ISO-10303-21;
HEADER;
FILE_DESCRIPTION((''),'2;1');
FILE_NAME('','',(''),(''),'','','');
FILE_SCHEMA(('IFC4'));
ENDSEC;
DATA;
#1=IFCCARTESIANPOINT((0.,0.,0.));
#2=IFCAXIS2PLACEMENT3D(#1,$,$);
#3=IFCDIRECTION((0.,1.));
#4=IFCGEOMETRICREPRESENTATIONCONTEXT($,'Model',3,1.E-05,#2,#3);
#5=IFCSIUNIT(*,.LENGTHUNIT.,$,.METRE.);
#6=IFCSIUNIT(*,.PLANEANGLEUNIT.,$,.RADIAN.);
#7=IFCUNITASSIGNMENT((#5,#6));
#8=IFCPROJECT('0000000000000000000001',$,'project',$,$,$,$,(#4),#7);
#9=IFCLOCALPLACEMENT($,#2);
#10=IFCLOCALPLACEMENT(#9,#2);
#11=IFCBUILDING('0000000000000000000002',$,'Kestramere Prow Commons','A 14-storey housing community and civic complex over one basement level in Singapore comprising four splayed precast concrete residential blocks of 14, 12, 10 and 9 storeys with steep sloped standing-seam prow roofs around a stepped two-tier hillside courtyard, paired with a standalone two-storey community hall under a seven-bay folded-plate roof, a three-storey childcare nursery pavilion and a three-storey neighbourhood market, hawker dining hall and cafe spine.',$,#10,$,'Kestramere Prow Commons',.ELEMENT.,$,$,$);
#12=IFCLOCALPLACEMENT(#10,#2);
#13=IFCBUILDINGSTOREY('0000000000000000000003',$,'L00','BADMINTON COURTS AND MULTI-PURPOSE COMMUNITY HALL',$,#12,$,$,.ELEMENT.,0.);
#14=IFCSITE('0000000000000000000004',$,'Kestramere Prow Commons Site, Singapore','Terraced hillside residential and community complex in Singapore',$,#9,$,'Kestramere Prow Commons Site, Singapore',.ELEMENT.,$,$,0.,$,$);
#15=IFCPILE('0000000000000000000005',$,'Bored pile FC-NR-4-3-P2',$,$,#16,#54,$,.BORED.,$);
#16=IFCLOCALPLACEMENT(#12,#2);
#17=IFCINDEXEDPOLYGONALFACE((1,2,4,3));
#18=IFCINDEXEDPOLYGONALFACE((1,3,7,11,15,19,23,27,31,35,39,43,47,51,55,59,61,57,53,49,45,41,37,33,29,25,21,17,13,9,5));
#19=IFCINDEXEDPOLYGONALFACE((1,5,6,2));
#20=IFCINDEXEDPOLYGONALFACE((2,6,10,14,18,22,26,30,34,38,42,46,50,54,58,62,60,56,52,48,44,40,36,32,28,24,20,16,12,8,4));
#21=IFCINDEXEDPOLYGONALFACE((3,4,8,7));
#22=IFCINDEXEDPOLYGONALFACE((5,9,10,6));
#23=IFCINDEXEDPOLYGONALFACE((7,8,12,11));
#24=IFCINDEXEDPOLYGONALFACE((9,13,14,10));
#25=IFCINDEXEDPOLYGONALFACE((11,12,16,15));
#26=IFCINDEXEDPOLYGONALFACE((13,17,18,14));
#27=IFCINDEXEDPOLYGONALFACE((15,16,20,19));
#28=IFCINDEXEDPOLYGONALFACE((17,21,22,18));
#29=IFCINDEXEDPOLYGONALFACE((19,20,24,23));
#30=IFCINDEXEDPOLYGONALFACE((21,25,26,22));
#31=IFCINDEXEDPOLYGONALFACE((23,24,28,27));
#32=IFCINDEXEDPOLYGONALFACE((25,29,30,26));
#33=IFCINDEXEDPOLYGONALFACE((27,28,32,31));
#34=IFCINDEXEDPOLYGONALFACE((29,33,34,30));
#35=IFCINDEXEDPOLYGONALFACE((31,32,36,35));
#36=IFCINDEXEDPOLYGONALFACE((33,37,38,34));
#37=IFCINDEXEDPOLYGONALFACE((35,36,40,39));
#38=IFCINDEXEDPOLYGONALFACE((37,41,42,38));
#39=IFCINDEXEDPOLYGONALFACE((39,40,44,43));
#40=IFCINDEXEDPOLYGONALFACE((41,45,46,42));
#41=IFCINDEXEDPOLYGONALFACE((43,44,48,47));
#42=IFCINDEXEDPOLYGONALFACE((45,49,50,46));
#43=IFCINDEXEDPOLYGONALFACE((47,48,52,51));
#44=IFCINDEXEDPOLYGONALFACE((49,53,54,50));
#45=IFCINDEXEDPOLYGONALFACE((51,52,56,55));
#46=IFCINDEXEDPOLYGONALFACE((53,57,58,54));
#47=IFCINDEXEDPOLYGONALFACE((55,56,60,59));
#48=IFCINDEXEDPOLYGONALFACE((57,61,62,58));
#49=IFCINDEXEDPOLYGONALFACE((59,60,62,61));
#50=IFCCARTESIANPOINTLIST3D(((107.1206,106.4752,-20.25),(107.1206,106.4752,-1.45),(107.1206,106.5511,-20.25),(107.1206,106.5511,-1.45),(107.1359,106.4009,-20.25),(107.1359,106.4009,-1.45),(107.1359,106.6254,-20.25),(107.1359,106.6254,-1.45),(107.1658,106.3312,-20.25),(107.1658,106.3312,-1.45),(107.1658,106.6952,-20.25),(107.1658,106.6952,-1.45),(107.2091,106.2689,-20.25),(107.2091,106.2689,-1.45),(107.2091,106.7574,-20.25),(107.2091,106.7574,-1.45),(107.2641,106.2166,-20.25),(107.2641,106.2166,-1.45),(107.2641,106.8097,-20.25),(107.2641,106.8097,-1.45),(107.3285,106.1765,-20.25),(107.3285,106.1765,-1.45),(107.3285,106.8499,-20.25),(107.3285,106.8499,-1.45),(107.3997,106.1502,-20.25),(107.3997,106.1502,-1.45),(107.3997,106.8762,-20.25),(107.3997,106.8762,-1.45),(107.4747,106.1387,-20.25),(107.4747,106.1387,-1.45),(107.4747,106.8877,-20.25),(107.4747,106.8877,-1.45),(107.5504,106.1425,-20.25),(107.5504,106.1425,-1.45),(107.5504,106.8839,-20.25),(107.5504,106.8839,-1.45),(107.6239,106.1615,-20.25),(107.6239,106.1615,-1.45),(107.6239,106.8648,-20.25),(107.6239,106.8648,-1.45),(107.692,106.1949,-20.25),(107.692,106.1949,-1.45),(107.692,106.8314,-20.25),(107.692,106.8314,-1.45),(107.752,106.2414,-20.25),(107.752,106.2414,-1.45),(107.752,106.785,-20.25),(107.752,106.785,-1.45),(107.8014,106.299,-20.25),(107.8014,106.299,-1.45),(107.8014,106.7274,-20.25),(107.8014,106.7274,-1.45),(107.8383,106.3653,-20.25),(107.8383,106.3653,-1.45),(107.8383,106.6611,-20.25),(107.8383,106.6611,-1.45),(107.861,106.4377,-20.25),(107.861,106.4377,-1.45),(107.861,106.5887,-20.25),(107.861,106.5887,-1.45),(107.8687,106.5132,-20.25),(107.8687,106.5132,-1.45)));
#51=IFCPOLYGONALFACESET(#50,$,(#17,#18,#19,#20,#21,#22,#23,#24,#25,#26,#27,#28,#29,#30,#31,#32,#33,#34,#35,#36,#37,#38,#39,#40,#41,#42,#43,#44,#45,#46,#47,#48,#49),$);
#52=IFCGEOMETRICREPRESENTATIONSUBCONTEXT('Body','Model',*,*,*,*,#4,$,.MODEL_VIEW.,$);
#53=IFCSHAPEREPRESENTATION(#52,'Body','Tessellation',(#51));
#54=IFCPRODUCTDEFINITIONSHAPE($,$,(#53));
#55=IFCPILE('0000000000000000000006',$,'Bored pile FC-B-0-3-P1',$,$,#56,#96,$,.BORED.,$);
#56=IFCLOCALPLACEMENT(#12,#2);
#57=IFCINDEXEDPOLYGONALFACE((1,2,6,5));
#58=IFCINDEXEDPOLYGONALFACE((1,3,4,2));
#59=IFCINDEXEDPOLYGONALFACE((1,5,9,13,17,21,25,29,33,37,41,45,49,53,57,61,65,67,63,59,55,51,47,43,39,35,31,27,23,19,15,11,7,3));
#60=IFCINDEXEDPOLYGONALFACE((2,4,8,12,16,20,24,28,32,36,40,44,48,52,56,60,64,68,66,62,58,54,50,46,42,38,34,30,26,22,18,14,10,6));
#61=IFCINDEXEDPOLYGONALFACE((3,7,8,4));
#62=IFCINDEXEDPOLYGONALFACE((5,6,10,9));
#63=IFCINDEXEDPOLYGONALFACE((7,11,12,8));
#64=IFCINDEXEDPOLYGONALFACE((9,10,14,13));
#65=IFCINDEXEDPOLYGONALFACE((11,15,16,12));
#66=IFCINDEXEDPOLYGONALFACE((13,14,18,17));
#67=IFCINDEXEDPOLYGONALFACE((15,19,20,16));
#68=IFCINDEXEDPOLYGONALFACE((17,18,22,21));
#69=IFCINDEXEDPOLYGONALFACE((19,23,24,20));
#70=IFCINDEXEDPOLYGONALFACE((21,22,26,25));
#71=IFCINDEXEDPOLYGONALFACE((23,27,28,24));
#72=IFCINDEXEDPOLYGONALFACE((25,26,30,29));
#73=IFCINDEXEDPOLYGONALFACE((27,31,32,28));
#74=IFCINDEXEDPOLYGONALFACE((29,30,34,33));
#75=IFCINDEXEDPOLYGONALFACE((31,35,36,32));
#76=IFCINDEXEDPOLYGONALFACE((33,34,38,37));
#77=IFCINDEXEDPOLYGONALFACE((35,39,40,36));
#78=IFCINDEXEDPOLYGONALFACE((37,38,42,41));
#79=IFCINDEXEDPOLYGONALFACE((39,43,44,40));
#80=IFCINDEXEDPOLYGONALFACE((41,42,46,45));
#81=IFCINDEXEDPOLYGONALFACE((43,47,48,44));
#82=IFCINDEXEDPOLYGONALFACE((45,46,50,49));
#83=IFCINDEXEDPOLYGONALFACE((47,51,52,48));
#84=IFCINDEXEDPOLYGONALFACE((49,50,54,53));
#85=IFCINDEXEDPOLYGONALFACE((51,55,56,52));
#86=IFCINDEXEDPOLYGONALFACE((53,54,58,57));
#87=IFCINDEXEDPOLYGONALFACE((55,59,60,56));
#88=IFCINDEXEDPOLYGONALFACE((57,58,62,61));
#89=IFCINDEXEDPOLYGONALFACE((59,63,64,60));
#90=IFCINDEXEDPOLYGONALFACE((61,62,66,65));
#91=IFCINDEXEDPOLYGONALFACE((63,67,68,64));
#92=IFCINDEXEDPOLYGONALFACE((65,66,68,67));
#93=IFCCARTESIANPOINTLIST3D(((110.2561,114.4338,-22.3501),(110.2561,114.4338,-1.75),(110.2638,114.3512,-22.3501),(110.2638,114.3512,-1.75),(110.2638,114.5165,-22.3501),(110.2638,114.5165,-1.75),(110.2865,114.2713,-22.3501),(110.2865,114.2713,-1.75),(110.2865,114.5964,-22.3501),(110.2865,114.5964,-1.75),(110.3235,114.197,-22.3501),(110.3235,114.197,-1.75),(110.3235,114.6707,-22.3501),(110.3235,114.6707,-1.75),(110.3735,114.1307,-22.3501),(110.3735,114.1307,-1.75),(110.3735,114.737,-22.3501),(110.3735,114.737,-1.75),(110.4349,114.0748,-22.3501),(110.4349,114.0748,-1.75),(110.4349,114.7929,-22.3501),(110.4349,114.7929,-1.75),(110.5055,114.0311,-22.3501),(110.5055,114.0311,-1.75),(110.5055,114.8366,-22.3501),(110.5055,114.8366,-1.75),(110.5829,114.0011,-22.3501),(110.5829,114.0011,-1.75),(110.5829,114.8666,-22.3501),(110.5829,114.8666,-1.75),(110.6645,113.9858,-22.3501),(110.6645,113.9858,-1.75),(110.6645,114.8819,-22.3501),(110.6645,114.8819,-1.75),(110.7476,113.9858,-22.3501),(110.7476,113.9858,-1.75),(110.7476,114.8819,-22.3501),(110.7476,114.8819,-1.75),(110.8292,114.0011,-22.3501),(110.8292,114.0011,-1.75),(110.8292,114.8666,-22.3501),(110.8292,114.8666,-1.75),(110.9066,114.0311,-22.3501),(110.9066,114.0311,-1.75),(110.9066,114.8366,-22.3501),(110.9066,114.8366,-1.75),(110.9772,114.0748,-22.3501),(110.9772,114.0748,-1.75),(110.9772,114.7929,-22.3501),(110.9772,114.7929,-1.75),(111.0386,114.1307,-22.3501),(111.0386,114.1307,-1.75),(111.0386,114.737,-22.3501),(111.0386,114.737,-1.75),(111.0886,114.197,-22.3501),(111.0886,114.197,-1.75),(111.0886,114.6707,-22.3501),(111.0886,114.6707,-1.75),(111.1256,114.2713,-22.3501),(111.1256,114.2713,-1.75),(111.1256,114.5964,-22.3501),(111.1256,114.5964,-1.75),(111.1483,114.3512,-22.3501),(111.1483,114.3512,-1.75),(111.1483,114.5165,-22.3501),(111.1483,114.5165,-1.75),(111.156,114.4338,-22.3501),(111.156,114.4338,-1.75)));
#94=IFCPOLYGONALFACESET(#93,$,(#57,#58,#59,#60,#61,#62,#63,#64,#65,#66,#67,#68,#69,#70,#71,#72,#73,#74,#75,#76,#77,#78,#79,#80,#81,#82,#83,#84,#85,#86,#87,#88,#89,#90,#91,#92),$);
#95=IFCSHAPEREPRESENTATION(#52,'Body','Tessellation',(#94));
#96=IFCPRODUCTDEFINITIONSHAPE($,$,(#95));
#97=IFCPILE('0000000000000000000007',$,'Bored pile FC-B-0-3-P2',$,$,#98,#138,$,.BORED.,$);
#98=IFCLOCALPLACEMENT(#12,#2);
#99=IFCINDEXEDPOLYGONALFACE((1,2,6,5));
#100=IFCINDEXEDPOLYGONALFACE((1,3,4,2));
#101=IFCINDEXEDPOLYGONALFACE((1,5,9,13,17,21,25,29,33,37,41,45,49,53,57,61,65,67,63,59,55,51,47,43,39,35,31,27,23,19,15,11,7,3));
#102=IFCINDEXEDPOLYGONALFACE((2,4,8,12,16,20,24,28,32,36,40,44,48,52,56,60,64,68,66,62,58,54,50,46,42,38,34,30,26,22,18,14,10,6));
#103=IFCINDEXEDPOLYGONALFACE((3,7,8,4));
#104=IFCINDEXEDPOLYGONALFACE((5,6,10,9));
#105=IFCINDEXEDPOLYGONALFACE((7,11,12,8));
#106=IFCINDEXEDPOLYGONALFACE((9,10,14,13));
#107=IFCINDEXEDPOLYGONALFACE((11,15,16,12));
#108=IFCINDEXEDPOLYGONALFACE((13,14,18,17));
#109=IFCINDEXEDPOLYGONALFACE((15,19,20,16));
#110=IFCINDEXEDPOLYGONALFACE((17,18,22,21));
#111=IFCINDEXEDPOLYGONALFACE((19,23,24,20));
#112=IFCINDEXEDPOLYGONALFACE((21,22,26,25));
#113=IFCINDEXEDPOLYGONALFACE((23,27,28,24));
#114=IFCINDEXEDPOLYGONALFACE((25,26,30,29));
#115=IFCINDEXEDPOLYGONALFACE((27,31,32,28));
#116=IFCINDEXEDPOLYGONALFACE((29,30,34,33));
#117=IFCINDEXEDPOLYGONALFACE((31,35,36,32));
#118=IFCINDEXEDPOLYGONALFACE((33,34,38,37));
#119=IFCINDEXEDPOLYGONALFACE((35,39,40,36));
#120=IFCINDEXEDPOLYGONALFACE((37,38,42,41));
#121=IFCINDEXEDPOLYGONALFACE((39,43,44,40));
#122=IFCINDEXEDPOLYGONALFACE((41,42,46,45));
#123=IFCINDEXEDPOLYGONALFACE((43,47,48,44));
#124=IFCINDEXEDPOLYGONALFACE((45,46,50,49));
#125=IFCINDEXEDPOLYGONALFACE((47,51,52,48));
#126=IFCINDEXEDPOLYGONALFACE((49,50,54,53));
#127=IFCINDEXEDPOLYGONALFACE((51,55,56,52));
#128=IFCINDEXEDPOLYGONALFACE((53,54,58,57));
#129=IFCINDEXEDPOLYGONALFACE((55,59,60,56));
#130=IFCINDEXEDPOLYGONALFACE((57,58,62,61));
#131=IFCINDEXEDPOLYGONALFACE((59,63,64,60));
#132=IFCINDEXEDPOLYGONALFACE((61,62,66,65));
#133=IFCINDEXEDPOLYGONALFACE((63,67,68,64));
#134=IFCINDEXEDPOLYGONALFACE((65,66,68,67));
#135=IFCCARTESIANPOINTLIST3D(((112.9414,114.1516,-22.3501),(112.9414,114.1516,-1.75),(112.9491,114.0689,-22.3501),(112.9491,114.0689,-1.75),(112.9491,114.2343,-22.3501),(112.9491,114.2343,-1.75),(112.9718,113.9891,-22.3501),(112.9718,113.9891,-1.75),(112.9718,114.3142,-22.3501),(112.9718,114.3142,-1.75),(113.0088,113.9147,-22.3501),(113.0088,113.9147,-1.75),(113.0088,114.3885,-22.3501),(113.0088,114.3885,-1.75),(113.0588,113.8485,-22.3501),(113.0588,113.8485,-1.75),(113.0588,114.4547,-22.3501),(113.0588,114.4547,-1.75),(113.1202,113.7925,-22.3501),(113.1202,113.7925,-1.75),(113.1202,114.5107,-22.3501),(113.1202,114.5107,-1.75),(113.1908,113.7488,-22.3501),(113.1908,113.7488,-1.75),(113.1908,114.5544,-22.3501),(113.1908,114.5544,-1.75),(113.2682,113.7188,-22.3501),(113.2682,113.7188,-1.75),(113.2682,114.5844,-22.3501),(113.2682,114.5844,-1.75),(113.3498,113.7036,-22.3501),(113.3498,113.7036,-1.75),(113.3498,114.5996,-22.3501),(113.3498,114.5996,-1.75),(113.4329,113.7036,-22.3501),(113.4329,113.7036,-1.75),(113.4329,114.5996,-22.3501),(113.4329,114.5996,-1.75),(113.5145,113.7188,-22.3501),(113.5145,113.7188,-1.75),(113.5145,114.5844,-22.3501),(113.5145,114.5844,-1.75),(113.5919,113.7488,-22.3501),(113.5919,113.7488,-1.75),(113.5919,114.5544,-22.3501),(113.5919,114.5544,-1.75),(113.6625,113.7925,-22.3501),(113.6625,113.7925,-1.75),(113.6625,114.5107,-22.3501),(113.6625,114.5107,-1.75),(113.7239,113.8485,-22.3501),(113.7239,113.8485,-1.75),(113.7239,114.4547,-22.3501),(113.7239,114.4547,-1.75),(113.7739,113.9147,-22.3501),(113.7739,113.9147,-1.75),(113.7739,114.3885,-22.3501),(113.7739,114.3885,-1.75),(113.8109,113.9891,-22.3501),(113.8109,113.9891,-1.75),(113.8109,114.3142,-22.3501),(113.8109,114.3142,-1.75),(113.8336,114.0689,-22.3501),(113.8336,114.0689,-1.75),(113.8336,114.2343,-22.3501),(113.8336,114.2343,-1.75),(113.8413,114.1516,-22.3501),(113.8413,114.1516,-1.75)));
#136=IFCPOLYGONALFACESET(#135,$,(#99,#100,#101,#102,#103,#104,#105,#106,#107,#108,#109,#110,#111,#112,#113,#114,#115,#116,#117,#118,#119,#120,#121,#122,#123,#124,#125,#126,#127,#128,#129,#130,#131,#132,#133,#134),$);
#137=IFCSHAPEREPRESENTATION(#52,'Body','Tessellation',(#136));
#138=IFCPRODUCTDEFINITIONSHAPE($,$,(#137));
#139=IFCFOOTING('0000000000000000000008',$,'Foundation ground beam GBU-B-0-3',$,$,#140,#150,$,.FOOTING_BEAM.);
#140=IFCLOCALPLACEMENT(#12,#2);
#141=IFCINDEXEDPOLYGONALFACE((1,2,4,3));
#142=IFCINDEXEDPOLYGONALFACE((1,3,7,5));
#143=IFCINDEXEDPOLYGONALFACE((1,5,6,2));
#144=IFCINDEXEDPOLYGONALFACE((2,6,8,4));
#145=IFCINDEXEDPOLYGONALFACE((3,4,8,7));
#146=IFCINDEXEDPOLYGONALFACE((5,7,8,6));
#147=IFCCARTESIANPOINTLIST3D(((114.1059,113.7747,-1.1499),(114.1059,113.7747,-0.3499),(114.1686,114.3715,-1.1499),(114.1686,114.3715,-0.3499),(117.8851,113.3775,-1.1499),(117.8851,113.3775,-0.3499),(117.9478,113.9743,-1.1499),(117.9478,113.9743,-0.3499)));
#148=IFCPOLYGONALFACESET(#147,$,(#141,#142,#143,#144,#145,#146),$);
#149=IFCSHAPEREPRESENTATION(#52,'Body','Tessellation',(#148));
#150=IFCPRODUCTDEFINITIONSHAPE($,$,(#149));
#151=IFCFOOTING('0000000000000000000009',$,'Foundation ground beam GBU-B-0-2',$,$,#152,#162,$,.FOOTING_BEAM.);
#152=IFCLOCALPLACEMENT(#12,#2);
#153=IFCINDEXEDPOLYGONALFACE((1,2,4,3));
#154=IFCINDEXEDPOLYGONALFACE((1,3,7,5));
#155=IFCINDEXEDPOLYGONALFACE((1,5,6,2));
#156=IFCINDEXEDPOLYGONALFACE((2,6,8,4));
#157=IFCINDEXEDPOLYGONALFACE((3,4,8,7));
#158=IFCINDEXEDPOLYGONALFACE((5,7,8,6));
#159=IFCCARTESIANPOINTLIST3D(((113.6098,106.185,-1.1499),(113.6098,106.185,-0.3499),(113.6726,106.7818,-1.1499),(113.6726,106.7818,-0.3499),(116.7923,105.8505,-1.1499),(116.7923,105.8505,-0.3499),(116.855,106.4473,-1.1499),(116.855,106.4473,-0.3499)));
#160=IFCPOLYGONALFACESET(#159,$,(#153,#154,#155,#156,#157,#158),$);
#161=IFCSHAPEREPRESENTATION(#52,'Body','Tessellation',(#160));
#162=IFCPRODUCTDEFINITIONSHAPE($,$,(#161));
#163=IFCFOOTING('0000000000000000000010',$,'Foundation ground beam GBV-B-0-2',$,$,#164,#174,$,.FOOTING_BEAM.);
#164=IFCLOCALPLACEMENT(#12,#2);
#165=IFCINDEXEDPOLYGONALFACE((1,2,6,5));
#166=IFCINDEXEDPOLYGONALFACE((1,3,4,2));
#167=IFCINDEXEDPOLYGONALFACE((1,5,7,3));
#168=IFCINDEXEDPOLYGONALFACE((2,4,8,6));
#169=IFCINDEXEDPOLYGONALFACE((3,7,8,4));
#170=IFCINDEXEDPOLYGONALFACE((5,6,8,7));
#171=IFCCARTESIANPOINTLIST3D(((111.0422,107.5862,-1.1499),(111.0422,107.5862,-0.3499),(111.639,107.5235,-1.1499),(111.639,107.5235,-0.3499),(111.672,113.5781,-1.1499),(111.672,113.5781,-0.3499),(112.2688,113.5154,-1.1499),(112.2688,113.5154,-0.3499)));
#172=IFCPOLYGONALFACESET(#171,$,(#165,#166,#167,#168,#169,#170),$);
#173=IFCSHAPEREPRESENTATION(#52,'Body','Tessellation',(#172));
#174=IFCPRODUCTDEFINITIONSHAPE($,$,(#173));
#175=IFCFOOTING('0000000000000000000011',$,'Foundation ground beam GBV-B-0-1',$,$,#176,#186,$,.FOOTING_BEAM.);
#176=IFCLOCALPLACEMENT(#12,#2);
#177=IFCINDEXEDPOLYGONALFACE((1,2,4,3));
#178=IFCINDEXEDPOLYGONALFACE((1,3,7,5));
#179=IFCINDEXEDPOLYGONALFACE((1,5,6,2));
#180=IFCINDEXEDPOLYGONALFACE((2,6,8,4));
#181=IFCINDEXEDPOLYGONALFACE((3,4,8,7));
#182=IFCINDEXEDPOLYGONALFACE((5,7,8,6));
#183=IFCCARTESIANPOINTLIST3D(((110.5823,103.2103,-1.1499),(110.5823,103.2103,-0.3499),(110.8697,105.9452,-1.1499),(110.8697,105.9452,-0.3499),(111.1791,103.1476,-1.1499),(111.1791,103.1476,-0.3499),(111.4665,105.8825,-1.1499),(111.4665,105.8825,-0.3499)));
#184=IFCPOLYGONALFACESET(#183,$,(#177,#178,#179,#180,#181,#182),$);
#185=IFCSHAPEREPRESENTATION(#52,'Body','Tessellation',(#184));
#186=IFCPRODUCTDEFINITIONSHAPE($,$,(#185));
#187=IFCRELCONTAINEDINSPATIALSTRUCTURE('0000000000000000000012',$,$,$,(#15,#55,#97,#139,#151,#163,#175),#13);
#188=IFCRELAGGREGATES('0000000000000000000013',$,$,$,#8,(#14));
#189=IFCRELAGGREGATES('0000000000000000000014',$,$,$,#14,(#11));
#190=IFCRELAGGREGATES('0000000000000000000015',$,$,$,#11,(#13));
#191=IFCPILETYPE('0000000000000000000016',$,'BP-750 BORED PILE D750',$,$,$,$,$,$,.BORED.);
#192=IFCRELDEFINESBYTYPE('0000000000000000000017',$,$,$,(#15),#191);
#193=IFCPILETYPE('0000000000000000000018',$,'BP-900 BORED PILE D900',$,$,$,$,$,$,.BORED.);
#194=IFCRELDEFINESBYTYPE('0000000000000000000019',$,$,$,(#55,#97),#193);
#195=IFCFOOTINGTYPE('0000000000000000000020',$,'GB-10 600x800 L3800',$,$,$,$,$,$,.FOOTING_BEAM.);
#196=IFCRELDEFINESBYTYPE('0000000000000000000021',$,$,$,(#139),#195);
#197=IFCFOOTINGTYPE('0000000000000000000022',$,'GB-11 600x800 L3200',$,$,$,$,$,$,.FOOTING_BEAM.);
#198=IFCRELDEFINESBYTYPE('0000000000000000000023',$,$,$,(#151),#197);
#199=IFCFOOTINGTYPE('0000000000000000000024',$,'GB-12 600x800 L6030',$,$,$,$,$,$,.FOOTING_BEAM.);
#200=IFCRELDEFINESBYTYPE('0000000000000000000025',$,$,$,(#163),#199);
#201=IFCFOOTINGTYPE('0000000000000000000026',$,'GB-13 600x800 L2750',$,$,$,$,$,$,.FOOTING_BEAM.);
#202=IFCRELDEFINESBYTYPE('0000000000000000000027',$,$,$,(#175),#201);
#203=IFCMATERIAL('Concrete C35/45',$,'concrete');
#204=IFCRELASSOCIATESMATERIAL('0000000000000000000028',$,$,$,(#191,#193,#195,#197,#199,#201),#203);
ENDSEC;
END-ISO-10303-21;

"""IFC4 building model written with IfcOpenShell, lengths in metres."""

from ifc_helpers import new_model, si_unit, direction, frame, origin, origin_2d, place, context, subcontext, project, spatial, rectangle, circle, extrude, material, material_profile, profile_set, type_object, element, save


model = new_model("IFC4")

# Units and contexts
model_context = context("Model", 3, precision=1e-05, world=origin(), true_north=direction((0.0, 1.0)))
body_context = subcontext(model_context, "Body", "Model", "MODEL_VIEW")
ifc_project = project(units=[si_unit("LENGTHUNIT", "METRE"), si_unit("PLANEANGLEUNIT", "RADIAN")], contexts=[model_context])

# Site, building, storey
site_placement = place(None, origin())
site = spatial("IfcSite", under=ifc_project, at=site_placement, Name="Kestramere Prow Commons Site, Singapore", Description="Terraced hillside residential and community complex in Singapore", LongName="Kestramere Prow Commons Site, Singapore", CompositionType="ELEMENT", RefElevation=0.0)
building_placement = place(site_placement, origin())
building = spatial("IfcBuilding", under=site, at=building_placement, Name="Kestramere Prow Commons", Description="A 14-storey housing community and civic complex over one basement level in Singapore comprising four splayed precast concrete residential blocks of 14, 12, 10 and 9 storeys with steep sloped standing-seam prow roofs around a stepped two-tier hillside courtyard, paired with a standalone two-storey community hall under a seven-bay folded-plate roof, a three-storey childcare nursery pavilion and a three-storey neighbourhood market, hawker dining hall and cafe spine.", LongName="Kestramere Prow Commons", CompositionType="ELEMENT")
storey_placement = place(building_placement, origin())
storey = spatial("IfcBuildingStorey", under=building, at=storey_placement, Name="L00", Description="BADMINTON COURTS AND MULTI-PURPOSE COMMUNITY HALL", CompositionType="ELEMENT", Elevation=0.0)

# Piles
ifc_material_1 = material(Name="Concrete C35/45", Category="concrete")
ifc_material_profile_1 = material_profile(ifc_material_1, circle(Radius=0.375, at=origin_2d()), Name="BORED PILE D750")
ifc_profile_set_1 = profile_set([ifc_material_profile_1], Name="Concrete C35/45")
pile_type_1 = type_object("IfcPileType", Name="BP-750 BORED PILE D750", PredefinedType="BORED", material=ifc_profile_set_1)
for number, where, z_axis, x_axis, name in (
    (1, (107.4937, 106.5132, -1.45), (0.0, 0.0, -1.0), (1.0, 0.0, 0.0), "Bored pile FC-NR-4-3-P2"),
):
    element("IfcPile", number, at=place(storey_placement, frame(where, z_axis=z_axis, x_axis=x_axis)), inside=storey, type_object=pile_type_1, Name=name, PredefinedType="BORED", context=body_context, shape_type="SweptSolid", body=[
        extrude(circle(Radius=0.375, at=origin_2d()), origin(), (0.0, 0.0, 1.0), 18.8),
    ])
ifc_material_profile_2 = material_profile(ifc_material_1, circle(Radius=0.45, at=origin_2d()), Name="BORED PILE D900")
ifc_profile_set_2 = profile_set([ifc_material_profile_2], Name="Concrete C35/45")
pile_type_2 = type_object("IfcPileType", Name="BP-900 BORED PILE D900", PredefinedType="BORED", material=ifc_profile_set_2)
for number, where, z_axis, x_axis, name in (
    (2, (110.7061, 114.4338, -1.75), (0.0, 0.0, -1.0), (1.0, 0.0, 0.0), "Bored pile FC-B-0-3-P1"),
    (3, (113.3914, 114.1516, -1.75), (0.0, 0.0, -1.0), (1.0, 0.0, 0.0), "Bored pile FC-B-0-3-P2"),
):
    element("IfcPile", number, at=place(storey_placement, frame(where, z_axis=z_axis, x_axis=x_axis)), inside=storey, type_object=pile_type_2, Name=name, PredefinedType="BORED", context=body_context, shape_type="SweptSolid", body=[
        extrude(circle(Radius=0.45, at=origin_2d()), origin(), (0.0, 0.0, 1.0), 20.6001),
    ])

# Footings
footing_type_1 = type_object("IfcFootingType", Name="GB-10 600x800 L3800", PredefinedType="FOOTING_BEAM", material=ifc_material_1)
footing_1_placement = place(storey_placement, frame((116.0269, 113.8745, -1.1499), z_axis=(0.0, 0.0, 1.0), x_axis=(0.994522, -0.104528, 0.0)))
element("IfcFooting", 4, at=footing_1_placement, inside=storey, type_object=footing_type_1, Name="Foundation ground beam GBU-B-0-3", PredefinedType="FOOTING_BEAM", context=body_context, shape_type="SweptSolid", body=[
    extrude(rectangle(XDim=3.8, YDim=0.6001, at=origin_2d()), origin(), (0.0, 0.0, 1.0), 0.8),
])
footing_type_2 = type_object("IfcFootingType", Name="GB-11 600x800 L3200", PredefinedType="FOOTING_BEAM", material=ifc_material_1)
footing_2_placement = place(storey_placement, frame((115.2324, 106.3162, -1.1499), z_axis=(0.0, 0.0, 1.0), x_axis=(0.994522, -0.104528, 0.0)))
element("IfcFooting", 5, at=footing_2_placement, inside=storey, type_object=footing_type_2, Name="Foundation ground beam GBU-B-0-2", PredefinedType="FOOTING_BEAM", context=body_context, shape_type="SweptSolid", body=[
    extrude(rectangle(XDim=3.2, YDim=0.6001, at=origin_2d()), origin(), (0.0, 0.0, 1.0), 0.8),
])
footing_type_3 = type_object("IfcFootingType", Name="GB-12 600x800 L6030", PredefinedType="FOOTING_BEAM", material=ifc_material_1)
footing_3_placement = place(storey_placement, frame((111.6555, 110.5508, -1.1499), z_axis=(0.0, 0.0, 1.0), x_axis=(0.104528, 0.994522, 0.0)))
element("IfcFooting", 6, at=footing_3_placement, inside=storey, type_object=footing_type_3, Name="Foundation ground beam GBV-B-0-2", PredefinedType="FOOTING_BEAM", context=body_context, shape_type="SweptSolid", body=[
    extrude(rectangle(XDim=6.0249, YDim=0.6001, at=origin_2d()), origin(), (0.0, 0.0, 1.0), 0.8),
])
footing_type_4 = type_object("IfcFootingType", Name="GB-13 600x800 L2750", PredefinedType="FOOTING_BEAM", material=ifc_material_1)
footing_4_placement = place(storey_placement, frame((111.0244, 104.5464, -1.1499), z_axis=(0.0, 0.0, 1.0), x_axis=(0.104528, 0.994522, 0.0)))
element("IfcFooting", 7, at=footing_4_placement, inside=storey, type_object=footing_type_4, Name="Foundation ground beam GBV-B-0-1", PredefinedType="FOOTING_BEAM", context=body_context, shape_type="SweptSolid", body=[
    extrude(rectangle(XDim=2.75, YDim=0.6001, at=origin_2d()), origin(), (0.0, 0.0, 1.0), 0.8),
])

save(model, "model.ifc")
